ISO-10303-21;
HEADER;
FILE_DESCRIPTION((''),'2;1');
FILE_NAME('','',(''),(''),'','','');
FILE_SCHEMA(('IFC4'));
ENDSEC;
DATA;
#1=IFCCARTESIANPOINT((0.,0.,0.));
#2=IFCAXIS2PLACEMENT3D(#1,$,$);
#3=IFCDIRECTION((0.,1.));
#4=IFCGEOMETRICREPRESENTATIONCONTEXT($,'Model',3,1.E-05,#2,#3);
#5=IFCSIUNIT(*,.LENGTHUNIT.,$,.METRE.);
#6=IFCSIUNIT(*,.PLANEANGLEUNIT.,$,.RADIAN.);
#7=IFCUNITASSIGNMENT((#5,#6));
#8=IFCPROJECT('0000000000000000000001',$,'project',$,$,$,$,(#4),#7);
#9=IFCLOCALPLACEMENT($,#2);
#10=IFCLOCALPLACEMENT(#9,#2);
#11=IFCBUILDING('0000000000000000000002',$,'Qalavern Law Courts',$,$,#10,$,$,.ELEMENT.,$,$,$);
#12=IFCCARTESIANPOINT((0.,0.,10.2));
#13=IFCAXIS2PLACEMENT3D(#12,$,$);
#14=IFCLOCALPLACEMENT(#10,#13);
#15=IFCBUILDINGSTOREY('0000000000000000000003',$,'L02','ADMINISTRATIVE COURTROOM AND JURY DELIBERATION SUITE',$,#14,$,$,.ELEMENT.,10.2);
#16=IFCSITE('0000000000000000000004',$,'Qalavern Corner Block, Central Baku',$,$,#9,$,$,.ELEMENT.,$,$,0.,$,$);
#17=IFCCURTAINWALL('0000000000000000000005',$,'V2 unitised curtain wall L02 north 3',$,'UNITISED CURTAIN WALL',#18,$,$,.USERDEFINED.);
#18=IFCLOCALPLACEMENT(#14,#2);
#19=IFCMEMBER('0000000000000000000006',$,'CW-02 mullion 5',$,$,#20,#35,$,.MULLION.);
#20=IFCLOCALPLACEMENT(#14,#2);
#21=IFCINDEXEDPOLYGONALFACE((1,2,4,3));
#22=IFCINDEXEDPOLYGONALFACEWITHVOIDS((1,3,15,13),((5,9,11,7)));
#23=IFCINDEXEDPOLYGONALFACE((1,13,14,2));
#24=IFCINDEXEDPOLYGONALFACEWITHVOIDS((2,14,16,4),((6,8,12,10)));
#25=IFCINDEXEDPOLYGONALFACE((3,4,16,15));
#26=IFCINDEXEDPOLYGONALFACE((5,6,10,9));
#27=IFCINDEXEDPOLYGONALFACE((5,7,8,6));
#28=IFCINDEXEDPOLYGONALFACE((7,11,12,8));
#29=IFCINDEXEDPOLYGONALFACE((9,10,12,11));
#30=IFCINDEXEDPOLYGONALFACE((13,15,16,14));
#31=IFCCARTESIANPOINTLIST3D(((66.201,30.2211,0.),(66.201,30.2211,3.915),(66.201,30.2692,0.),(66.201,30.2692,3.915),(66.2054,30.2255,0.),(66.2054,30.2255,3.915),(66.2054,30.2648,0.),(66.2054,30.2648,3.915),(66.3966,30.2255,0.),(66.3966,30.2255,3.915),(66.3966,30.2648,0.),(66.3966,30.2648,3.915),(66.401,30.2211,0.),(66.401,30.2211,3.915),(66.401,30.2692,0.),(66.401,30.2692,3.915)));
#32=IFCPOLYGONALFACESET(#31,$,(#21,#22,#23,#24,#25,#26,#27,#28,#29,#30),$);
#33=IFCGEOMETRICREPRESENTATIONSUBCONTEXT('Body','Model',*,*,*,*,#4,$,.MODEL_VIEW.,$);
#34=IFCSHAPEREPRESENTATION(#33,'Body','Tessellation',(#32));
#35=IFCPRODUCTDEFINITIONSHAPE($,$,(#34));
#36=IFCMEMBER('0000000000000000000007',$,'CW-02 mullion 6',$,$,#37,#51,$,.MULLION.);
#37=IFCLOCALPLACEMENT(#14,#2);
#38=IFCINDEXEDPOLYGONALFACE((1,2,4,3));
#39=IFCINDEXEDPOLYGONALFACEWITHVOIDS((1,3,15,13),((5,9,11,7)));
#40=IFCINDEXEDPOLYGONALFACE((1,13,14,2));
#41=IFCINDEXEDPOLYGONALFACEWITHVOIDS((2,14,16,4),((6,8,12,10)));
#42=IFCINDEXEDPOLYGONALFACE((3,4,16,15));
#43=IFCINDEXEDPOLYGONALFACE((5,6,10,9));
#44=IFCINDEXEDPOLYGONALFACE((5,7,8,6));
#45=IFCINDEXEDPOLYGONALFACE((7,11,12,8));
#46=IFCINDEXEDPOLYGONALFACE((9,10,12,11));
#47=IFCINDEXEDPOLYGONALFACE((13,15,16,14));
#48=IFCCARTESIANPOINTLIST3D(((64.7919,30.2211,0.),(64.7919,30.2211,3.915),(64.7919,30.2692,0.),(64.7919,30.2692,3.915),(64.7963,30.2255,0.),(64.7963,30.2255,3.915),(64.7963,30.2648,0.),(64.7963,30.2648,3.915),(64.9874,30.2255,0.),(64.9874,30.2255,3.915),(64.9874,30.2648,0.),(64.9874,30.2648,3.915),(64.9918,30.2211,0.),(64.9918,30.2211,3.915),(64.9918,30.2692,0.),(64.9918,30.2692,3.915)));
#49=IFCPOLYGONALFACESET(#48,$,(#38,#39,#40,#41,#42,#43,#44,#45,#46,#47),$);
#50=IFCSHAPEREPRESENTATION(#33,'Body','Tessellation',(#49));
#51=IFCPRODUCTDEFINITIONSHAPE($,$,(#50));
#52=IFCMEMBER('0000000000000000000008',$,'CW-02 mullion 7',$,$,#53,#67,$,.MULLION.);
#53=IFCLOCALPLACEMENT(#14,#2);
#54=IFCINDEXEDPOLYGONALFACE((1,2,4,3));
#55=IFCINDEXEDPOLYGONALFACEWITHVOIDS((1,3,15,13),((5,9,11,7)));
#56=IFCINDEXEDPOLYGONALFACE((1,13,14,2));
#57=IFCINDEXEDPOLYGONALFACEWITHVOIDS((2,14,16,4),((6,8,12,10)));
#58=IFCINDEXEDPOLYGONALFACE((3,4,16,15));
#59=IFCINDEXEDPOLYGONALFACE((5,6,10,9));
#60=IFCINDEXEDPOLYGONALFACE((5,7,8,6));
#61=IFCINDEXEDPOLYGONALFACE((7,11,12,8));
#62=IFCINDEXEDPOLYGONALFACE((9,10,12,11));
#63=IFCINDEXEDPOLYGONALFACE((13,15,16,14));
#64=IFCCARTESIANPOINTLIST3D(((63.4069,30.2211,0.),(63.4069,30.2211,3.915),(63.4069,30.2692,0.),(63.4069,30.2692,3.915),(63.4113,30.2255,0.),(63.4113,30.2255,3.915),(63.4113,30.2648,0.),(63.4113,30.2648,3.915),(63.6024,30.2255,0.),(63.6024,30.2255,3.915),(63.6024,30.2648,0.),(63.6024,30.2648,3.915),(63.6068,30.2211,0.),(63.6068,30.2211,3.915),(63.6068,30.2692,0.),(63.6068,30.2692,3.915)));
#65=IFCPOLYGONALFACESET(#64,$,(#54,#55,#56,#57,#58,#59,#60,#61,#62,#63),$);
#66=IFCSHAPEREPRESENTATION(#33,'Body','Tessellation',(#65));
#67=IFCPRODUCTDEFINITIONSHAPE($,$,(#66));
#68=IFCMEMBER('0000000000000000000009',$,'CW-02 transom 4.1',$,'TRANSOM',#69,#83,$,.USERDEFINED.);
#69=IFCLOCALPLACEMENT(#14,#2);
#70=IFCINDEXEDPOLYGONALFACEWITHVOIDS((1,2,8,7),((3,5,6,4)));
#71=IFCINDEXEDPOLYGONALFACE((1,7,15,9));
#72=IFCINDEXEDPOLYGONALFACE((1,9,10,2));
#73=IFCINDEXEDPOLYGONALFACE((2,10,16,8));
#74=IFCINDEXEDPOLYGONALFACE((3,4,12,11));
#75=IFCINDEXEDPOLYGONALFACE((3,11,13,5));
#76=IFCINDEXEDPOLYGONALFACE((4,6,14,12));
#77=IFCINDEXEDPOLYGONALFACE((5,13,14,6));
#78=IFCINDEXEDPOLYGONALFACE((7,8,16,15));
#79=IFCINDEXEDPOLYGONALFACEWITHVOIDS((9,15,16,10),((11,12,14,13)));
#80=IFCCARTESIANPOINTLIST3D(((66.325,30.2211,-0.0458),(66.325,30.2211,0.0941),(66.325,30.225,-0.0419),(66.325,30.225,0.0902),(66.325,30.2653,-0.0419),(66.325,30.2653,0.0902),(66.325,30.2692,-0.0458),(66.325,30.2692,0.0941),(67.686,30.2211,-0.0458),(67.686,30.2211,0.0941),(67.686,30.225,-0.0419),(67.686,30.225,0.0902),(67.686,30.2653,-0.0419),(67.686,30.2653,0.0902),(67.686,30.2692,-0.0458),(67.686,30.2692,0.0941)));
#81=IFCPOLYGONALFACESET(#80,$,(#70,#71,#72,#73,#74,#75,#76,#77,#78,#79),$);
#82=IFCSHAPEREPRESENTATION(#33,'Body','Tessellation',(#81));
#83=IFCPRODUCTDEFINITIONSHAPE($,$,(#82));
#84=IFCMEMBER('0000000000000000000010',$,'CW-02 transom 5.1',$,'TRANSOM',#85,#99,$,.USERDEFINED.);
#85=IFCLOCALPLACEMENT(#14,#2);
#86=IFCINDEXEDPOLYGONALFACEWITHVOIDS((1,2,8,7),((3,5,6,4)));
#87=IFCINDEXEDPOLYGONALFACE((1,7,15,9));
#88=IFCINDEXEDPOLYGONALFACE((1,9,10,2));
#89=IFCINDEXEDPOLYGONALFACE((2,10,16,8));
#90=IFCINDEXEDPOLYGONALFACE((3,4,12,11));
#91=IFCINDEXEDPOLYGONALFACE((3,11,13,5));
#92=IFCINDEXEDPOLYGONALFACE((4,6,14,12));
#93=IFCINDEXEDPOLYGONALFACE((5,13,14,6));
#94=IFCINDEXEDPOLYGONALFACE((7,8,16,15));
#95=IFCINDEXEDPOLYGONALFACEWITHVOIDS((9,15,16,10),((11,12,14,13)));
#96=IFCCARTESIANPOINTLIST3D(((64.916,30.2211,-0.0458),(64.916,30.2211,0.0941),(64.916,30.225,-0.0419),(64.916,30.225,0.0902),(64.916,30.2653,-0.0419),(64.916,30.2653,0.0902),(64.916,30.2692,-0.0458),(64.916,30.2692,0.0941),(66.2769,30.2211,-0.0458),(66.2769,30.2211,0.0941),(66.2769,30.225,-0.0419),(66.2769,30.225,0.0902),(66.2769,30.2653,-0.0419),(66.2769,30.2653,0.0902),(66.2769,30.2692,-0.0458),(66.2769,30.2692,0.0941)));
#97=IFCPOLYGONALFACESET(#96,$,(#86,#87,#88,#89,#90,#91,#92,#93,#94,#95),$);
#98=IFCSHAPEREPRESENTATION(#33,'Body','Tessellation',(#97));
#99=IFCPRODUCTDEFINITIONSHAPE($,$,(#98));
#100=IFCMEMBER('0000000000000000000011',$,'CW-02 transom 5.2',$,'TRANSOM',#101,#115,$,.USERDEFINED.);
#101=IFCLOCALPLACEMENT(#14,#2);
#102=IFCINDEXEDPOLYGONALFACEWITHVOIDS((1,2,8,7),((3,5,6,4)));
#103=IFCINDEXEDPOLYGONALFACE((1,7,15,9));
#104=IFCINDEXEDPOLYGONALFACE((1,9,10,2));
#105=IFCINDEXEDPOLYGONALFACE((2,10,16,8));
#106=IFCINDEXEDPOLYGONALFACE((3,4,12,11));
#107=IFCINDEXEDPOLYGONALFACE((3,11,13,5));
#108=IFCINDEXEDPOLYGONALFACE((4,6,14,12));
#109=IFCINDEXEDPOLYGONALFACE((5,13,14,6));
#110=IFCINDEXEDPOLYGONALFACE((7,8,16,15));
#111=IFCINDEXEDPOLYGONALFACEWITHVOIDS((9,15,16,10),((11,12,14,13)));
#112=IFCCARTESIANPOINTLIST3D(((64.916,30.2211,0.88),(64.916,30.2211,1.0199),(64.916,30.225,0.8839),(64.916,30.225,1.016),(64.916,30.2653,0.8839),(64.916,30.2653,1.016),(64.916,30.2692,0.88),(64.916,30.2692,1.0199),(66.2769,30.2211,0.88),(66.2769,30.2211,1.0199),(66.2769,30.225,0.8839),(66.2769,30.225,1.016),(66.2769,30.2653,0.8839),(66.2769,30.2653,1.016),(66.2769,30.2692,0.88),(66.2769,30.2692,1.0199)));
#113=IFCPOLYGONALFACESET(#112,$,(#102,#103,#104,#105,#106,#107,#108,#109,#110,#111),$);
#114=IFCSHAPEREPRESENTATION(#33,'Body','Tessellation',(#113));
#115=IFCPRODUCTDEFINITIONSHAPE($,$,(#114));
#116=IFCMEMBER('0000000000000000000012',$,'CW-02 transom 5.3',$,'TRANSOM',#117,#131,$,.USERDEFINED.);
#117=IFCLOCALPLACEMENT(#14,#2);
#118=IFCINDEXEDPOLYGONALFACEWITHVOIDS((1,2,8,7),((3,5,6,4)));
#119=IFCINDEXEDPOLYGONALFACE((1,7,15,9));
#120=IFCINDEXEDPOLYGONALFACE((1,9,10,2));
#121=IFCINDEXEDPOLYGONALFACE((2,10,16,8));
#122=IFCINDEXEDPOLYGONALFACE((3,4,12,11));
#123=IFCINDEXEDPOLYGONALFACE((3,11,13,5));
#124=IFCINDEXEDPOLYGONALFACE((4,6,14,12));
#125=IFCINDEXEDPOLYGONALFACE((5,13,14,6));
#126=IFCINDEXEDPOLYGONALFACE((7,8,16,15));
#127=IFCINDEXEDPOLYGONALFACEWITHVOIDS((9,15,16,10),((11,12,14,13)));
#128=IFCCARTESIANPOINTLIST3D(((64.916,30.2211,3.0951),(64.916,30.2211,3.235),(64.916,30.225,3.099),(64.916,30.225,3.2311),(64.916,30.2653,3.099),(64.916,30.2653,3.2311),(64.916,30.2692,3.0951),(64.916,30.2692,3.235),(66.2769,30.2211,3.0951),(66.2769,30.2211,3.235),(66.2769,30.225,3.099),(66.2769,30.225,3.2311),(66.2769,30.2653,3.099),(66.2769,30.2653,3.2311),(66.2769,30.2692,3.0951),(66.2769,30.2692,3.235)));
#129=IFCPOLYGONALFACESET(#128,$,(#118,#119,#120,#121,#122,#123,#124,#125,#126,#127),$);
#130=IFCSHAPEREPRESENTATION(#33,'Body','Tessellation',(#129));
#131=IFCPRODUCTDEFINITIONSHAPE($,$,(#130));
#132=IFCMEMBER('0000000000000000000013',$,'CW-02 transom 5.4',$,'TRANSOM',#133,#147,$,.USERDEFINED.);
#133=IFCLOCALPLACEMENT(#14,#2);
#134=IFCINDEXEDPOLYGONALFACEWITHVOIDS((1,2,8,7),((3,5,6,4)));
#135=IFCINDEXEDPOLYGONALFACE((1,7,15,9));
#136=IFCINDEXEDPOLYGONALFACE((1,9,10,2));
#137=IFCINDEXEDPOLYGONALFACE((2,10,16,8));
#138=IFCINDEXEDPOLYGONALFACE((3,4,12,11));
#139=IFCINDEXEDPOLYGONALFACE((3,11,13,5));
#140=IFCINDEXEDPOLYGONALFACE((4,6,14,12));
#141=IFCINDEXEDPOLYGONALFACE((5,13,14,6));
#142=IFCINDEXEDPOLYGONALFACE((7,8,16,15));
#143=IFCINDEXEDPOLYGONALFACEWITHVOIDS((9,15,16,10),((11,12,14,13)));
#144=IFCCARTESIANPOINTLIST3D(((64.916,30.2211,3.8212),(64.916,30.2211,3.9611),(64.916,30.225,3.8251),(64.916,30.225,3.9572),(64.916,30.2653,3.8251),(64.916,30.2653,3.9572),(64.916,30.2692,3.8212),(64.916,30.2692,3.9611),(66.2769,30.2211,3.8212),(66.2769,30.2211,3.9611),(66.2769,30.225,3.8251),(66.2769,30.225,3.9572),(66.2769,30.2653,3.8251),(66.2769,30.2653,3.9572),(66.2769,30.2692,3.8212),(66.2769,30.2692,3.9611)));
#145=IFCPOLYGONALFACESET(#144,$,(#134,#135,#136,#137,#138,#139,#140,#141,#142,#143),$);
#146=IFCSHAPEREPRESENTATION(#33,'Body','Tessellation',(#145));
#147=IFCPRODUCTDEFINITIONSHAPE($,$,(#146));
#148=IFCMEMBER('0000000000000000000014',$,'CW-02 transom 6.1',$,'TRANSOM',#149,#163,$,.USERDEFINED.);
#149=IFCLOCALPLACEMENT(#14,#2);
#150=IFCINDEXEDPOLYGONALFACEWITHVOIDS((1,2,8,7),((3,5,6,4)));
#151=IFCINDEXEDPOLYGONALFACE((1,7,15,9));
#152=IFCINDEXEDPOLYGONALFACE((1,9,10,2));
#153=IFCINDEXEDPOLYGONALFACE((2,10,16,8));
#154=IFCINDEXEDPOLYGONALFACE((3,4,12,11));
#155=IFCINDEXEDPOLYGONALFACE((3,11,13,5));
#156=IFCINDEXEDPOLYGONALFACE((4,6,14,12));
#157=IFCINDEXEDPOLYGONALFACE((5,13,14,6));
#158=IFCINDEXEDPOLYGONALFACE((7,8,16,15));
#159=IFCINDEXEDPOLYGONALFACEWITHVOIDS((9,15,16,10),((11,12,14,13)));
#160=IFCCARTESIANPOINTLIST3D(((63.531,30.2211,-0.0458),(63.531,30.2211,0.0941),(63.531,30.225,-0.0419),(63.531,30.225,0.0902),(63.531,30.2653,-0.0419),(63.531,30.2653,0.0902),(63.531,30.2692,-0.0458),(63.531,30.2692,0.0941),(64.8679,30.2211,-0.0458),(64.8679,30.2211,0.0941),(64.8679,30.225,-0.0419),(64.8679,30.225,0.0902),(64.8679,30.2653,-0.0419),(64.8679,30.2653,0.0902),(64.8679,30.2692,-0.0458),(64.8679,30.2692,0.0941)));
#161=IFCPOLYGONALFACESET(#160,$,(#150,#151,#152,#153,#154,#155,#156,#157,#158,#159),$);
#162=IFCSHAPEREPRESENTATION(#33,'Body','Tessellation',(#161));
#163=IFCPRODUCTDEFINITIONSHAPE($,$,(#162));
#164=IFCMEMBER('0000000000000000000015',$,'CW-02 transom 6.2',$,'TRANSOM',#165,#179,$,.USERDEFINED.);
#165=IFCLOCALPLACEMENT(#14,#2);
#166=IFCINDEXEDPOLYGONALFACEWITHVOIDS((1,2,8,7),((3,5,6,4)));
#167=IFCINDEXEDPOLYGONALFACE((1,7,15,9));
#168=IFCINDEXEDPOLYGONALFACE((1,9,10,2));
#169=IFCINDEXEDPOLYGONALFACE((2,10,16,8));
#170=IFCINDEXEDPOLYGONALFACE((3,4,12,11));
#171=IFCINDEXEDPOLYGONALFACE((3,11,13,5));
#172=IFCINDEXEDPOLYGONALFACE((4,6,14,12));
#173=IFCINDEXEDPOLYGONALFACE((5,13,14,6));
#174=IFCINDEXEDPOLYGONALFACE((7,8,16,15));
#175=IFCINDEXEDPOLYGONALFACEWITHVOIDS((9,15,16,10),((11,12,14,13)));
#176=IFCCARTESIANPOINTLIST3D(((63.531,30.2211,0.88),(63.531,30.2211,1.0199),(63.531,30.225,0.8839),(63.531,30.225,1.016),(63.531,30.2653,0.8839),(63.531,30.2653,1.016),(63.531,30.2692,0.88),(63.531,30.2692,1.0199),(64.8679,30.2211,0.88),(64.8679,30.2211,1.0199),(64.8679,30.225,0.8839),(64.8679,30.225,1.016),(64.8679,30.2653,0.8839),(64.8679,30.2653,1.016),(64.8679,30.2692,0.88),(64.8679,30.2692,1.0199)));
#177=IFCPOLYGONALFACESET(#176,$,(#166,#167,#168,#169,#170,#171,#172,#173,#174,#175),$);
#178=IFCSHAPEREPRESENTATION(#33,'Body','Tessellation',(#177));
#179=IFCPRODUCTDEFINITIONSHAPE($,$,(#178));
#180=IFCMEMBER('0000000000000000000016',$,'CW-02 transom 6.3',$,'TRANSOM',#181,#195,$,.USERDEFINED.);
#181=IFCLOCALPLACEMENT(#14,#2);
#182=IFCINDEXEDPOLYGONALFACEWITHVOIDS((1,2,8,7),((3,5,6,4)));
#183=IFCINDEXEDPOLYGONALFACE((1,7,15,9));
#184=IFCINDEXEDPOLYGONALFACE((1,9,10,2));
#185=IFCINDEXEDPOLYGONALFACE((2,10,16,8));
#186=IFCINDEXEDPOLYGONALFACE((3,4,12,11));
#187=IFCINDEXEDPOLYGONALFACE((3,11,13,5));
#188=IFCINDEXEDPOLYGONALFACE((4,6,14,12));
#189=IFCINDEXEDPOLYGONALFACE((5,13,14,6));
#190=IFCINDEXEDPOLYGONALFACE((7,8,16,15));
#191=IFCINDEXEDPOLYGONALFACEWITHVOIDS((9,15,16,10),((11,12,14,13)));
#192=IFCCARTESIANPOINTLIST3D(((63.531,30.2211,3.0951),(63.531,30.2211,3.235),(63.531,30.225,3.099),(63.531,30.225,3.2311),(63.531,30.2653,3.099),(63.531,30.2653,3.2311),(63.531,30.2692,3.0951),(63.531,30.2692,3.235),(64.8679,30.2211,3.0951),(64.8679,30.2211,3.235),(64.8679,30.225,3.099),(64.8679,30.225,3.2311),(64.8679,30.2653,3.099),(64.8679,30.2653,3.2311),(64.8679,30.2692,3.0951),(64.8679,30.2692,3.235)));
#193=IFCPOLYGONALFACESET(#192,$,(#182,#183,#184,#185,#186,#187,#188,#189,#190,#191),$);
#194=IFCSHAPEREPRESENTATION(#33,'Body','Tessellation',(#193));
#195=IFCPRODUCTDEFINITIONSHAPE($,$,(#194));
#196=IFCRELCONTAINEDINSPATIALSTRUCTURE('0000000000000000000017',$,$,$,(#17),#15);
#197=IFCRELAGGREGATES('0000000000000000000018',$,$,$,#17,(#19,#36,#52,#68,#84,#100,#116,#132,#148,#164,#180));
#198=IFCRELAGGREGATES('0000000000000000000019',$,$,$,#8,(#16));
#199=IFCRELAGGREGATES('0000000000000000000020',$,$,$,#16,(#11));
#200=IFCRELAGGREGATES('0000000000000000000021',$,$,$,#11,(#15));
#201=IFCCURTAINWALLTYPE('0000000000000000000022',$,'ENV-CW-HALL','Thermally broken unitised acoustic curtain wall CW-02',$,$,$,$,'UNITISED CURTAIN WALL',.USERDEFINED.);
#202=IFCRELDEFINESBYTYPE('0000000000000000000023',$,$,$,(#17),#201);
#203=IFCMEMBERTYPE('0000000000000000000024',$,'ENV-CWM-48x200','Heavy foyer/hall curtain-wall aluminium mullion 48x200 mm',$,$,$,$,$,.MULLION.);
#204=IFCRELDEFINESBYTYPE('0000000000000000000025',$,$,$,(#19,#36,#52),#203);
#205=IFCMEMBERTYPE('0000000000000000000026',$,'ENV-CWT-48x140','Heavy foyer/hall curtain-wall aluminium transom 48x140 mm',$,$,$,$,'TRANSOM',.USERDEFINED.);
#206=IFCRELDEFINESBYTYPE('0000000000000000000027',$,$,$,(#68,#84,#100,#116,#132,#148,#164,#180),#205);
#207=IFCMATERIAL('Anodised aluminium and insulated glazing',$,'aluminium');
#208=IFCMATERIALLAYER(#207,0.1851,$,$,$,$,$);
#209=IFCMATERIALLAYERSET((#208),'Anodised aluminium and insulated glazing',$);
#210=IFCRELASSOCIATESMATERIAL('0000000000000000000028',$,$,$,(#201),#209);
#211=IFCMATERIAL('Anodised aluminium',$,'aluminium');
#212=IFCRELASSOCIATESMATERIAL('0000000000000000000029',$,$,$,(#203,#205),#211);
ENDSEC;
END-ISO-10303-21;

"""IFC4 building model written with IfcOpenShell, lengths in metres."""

from ifc_helpers import new_model, si_unit, direction, frame, origin, origin_2d, place, context, subcontext, project, spatial, hollow_rectangle, extrude, material, layer, layer_set, material_profile, profile_set, type_object, element, aggregate, save


model = new_model("IFC4")

# Units and contexts
model_context = context("Model", 3, precision=1e-05, world=origin(), true_north=direction((0.0, 1.0)))
body_context = subcontext(model_context, "Body", "Model", "MODEL_VIEW")
ifc_project = project(units=[si_unit("LENGTHUNIT", "METRE"), si_unit("PLANEANGLEUNIT", "RADIAN")], contexts=[model_context])

# Site, building, storey
site_placement = place(None, origin())
site = spatial("IfcSite", under=ifc_project, at=site_placement, Name="Qalavern Corner Block, Central Baku", CompositionType="ELEMENT", RefElevation=0.0)
building_placement = place(site_placement, origin())
building = spatial("IfcBuilding", under=site, at=building_placement, Name="Qalavern Law Courts", CompositionType="ELEMENT")
storey_placement = place(building_placement, frame((0.0, 0.0, 10.2)))
storey = spatial("IfcBuildingStorey", under=building, at=storey_placement, Name="L02", Description="ADMINISTRATIVE COURTROOM AND JURY DELIBERATION SUITE", CompositionType="ELEMENT", Elevation=10.2)

# Curtain wall, members
ifc_material_1 = material(Name="Anodised aluminium and insulated glazing", Category="aluminium")
ifc_layer_1 = layer(ifc_material_1, 0.1851)
ifc_layer_set_1 = layer_set([ifc_layer_1], Name="Anodised aluminium and insulated glazing")
curtain_wall_type = type_object("IfcCurtainWallType", Name="ENV-CW-HALL", Description="Thermally broken unitised acoustic curtain wall CW-02", ElementType="UNITISED CURTAIN WALL", PredefinedType="USERDEFINED", material=ifc_layer_set_1)
curtain_wall_placement = place(storey_placement, origin())
curtain_wall = element("IfcCurtainWall", 1, at=curtain_wall_placement, inside=storey, type_object=curtain_wall_type, Name="V2 unitised curtain wall L02 north 3", ObjectType="UNITISED CURTAIN WALL", PredefinedType="USERDEFINED")
ifc_material_2 = material(Name="Anodised aluminium", Category="aluminium")
ifc_material_profile_1 = material_profile(ifc_material_2, hollow_rectangle(XDim=0.0481, YDim=0.2, WallThickness=0.0044, at=origin_2d()), Name="ALU MULLION 48x200")
ifc_profile_set_1 = profile_set([ifc_material_profile_1], Name="Anodised aluminium")
member_type_1 = type_object("IfcMemberType", Name="ENV-CWM-48x200", Description="Heavy foyer/hall curtain-wall aluminium mullion 48x200 mm", PredefinedType="MULLION", material=ifc_profile_set_1)
member_1_placement = place(storey_placement, frame((66.301, 30.2451, 0.0), z_axis=(0.0, 0.0, 1.0), x_axis=(0.0, -1.0, 0.0)))
member_1 = element("IfcMember", 2, at=member_1_placement, type_object=member_type_1, Name="CW-02 mullion 5", PredefinedType="MULLION", context=body_context, shape_type="SweptSolid", body=[
    extrude(hollow_rectangle(XDim=0.0481, YDim=0.2, WallThickness=0.0044, at=origin_2d()), origin(), (0.0, 0.0, 1.0), 3.915),
])
member_2_placement = place(storey_placement, frame((64.8918, 30.2451, 0.0), z_axis=(0.0, 0.0, 1.0), x_axis=(0.0, -1.0, 0.0)))
member_2 = element("IfcMember", 3, at=member_2_placement, type_object=member_type_1, Name="CW-02 mullion 6", PredefinedType="MULLION", context=body_context, shape_type="SweptSolid", body=[
    extrude(hollow_rectangle(XDim=0.0481, YDim=0.2, WallThickness=0.0044, at=origin_2d()), origin(), (0.0, 0.0, 1.0), 3.915),
])
member_3_placement = place(storey_placement, frame((63.5068, 30.2451, 0.0), z_axis=(0.0, 0.0, 1.0), x_axis=(0.0, -1.0, 0.0)))
member_3 = element("IfcMember", 4, at=member_3_placement, type_object=member_type_1, Name="CW-02 mullion 7", PredefinedType="MULLION", context=body_context, shape_type="SweptSolid", body=[
    extrude(hollow_rectangle(XDim=0.0481, YDim=0.2, WallThickness=0.0044, at=origin_2d()), origin(), (0.0, 0.0, 1.0), 3.915),
])
ifc_material_profile_2 = material_profile(ifc_material_2, hollow_rectangle(XDim=0.0481, YDim=0.1399, WallThickness=0.0039, at=origin_2d()), Name="ALU TRANSOM 48x140")
ifc_profile_set_2 = profile_set([ifc_material_profile_2], Name="Anodised aluminium")
member_type_2 = type_object("IfcMemberType", Name="ENV-CWT-48x140", Description="Heavy foyer/hall curtain-wall aluminium transom 48x140 mm", ElementType="TRANSOM", PredefinedType="USERDEFINED", material=ifc_profile_set_2)
member_4_placement = place(storey_placement, frame((67.686, 30.2451, 0.0242), z_axis=(-1.0, 0.0, 0.0), x_axis=(0.0, -1.0, 0.0)))
member_4 = element("IfcMember", 5, at=member_4_placement, type_object=member_type_2, Name="CW-02 transom 4.1", ObjectType="TRANSOM", PredefinedType="USERDEFINED", context=body_context, shape_type="SweptSolid", body=[
    extrude(hollow_rectangle(XDim=0.0481, YDim=0.1399, WallThickness=0.0039, at=origin_2d()), origin(), (0.0, 0.0, 1.0), 1.3611),
])
member_5_placement = place(storey_placement, frame((66.2769, 30.2451, 0.0242), z_axis=(-1.0, 0.0, 0.0), x_axis=(0.0, -1.0, 0.0)))
member_5 = element("IfcMember", 6, at=member_5_placement, type_object=member_type_2, Name="CW-02 transom 5.1", ObjectType="TRANSOM", PredefinedType="USERDEFINED", context=body_context, shape_type="SweptSolid", body=[
    extrude(hollow_rectangle(XDim=0.0481, YDim=0.1399, WallThickness=0.0039, at=origin_2d()), origin(), (0.0, 0.0, 1.0), 1.3608),
])
member_6_placement = place(storey_placement, frame((66.2769, 30.2451, 0.95), z_axis=(-1.0, 0.0, 0.0), x_axis=(0.0, -1.0, 0.0)))
member_6 = element("IfcMember", 7, at=member_6_placement, type_object=member_type_2, Name="CW-02 transom 5.2", ObjectType="TRANSOM", PredefinedType="USERDEFINED", context=body_context, shape_type="SweptSolid", body=[
    extrude(hollow_rectangle(XDim=0.0481, YDim=0.1399, WallThickness=0.0039, at=origin_2d()), origin(), (0.0, 0.0, 1.0), 1.3608),
])
member_7_placement = place(storey_placement, frame((66.2769, 30.2451, 3.165), z_axis=(-1.0, 0.0, 0.0), x_axis=(0.0, -1.0, 0.0)))
member_7 = element("IfcMember", 8, at=member_7_placement, type_object=member_type_2, Name="CW-02 transom 5.3", ObjectType="TRANSOM", PredefinedType="USERDEFINED", context=body_context, shape_type="SweptSolid", body=[
    extrude(hollow_rectangle(XDim=0.0481, YDim=0.1399, WallThickness=0.0039, at=origin_2d()), origin(), (0.0, 0.0, 1.0), 1.3608),
])
member_8_placement = place(storey_placement, frame((66.2769, 30.2451, 3.8911), z_axis=(-1.0, 0.0, 0.0), x_axis=(0.0, -1.0, 0.0)))
member_8 = element("IfcMember", 9, at=member_8_placement, type_object=member_type_2, Name="CW-02 transom 5.4", ObjectType="TRANSOM", PredefinedType="USERDEFINED", context=body_context, shape_type="SweptSolid", body=[
    extrude(hollow_rectangle(XDim=0.0481, YDim=0.1399, WallThickness=0.0039, at=origin_2d()), origin(), (0.0, 0.0, 1.0), 1.3608),
])
member_9_placement = place(storey_placement, frame((64.8679, 30.2451, 0.0242), z_axis=(-1.0, 0.0, 0.0), x_axis=(0.0, -1.0, 0.0)))
member_9 = element("IfcMember", 10, at=member_9_placement, type_object=member_type_2, Name="CW-02 transom 6.1", ObjectType="TRANSOM", PredefinedType="USERDEFINED", context=body_context, shape_type="SweptSolid", body=[
    extrude(hollow_rectangle(XDim=0.0481, YDim=0.1399, WallThickness=0.0039, at=origin_2d()), origin(), (0.0, 0.0, 1.0), 1.3369),
])
member_10_placement = place(storey_placement, frame((64.8679, 30.2451, 0.95), z_axis=(-1.0, 0.0, 0.0), x_axis=(0.0, -1.0, 0.0)))
member_10 = element("IfcMember", 11, at=member_10_placement, type_object=member_type_2, Name="CW-02 transom 6.2", ObjectType="TRANSOM", PredefinedType="USERDEFINED", context=body_context, shape_type="SweptSolid", body=[
    extrude(hollow_rectangle(XDim=0.0481, YDim=0.1399, WallThickness=0.0039, at=origin_2d()), origin(), (0.0, 0.0, 1.0), 1.3369),
])
member_11_placement = place(storey_placement, frame((64.8679, 30.2451, 3.165), z_axis=(-1.0, 0.0, 0.0), x_axis=(0.0, -1.0, 0.0)))
member_11 = element("IfcMember", 12, at=member_11_placement, type_object=member_type_2, Name="CW-02 transom 6.3", ObjectType="TRANSOM", PredefinedType="USERDEFINED", context=body_context, shape_type="SweptSolid", body=[
    extrude(hollow_rectangle(XDim=0.0481, YDim=0.1399, WallThickness=0.0039, at=origin_2d()), origin(), (0.0, 0.0, 1.0), 1.3369),
])
aggregate(curtain_wall, [member_1, member_2, member_3, member_4, member_5, member_6, member_7, member_8, member_9, member_10, member_11])

save(model, "model.ifc")
